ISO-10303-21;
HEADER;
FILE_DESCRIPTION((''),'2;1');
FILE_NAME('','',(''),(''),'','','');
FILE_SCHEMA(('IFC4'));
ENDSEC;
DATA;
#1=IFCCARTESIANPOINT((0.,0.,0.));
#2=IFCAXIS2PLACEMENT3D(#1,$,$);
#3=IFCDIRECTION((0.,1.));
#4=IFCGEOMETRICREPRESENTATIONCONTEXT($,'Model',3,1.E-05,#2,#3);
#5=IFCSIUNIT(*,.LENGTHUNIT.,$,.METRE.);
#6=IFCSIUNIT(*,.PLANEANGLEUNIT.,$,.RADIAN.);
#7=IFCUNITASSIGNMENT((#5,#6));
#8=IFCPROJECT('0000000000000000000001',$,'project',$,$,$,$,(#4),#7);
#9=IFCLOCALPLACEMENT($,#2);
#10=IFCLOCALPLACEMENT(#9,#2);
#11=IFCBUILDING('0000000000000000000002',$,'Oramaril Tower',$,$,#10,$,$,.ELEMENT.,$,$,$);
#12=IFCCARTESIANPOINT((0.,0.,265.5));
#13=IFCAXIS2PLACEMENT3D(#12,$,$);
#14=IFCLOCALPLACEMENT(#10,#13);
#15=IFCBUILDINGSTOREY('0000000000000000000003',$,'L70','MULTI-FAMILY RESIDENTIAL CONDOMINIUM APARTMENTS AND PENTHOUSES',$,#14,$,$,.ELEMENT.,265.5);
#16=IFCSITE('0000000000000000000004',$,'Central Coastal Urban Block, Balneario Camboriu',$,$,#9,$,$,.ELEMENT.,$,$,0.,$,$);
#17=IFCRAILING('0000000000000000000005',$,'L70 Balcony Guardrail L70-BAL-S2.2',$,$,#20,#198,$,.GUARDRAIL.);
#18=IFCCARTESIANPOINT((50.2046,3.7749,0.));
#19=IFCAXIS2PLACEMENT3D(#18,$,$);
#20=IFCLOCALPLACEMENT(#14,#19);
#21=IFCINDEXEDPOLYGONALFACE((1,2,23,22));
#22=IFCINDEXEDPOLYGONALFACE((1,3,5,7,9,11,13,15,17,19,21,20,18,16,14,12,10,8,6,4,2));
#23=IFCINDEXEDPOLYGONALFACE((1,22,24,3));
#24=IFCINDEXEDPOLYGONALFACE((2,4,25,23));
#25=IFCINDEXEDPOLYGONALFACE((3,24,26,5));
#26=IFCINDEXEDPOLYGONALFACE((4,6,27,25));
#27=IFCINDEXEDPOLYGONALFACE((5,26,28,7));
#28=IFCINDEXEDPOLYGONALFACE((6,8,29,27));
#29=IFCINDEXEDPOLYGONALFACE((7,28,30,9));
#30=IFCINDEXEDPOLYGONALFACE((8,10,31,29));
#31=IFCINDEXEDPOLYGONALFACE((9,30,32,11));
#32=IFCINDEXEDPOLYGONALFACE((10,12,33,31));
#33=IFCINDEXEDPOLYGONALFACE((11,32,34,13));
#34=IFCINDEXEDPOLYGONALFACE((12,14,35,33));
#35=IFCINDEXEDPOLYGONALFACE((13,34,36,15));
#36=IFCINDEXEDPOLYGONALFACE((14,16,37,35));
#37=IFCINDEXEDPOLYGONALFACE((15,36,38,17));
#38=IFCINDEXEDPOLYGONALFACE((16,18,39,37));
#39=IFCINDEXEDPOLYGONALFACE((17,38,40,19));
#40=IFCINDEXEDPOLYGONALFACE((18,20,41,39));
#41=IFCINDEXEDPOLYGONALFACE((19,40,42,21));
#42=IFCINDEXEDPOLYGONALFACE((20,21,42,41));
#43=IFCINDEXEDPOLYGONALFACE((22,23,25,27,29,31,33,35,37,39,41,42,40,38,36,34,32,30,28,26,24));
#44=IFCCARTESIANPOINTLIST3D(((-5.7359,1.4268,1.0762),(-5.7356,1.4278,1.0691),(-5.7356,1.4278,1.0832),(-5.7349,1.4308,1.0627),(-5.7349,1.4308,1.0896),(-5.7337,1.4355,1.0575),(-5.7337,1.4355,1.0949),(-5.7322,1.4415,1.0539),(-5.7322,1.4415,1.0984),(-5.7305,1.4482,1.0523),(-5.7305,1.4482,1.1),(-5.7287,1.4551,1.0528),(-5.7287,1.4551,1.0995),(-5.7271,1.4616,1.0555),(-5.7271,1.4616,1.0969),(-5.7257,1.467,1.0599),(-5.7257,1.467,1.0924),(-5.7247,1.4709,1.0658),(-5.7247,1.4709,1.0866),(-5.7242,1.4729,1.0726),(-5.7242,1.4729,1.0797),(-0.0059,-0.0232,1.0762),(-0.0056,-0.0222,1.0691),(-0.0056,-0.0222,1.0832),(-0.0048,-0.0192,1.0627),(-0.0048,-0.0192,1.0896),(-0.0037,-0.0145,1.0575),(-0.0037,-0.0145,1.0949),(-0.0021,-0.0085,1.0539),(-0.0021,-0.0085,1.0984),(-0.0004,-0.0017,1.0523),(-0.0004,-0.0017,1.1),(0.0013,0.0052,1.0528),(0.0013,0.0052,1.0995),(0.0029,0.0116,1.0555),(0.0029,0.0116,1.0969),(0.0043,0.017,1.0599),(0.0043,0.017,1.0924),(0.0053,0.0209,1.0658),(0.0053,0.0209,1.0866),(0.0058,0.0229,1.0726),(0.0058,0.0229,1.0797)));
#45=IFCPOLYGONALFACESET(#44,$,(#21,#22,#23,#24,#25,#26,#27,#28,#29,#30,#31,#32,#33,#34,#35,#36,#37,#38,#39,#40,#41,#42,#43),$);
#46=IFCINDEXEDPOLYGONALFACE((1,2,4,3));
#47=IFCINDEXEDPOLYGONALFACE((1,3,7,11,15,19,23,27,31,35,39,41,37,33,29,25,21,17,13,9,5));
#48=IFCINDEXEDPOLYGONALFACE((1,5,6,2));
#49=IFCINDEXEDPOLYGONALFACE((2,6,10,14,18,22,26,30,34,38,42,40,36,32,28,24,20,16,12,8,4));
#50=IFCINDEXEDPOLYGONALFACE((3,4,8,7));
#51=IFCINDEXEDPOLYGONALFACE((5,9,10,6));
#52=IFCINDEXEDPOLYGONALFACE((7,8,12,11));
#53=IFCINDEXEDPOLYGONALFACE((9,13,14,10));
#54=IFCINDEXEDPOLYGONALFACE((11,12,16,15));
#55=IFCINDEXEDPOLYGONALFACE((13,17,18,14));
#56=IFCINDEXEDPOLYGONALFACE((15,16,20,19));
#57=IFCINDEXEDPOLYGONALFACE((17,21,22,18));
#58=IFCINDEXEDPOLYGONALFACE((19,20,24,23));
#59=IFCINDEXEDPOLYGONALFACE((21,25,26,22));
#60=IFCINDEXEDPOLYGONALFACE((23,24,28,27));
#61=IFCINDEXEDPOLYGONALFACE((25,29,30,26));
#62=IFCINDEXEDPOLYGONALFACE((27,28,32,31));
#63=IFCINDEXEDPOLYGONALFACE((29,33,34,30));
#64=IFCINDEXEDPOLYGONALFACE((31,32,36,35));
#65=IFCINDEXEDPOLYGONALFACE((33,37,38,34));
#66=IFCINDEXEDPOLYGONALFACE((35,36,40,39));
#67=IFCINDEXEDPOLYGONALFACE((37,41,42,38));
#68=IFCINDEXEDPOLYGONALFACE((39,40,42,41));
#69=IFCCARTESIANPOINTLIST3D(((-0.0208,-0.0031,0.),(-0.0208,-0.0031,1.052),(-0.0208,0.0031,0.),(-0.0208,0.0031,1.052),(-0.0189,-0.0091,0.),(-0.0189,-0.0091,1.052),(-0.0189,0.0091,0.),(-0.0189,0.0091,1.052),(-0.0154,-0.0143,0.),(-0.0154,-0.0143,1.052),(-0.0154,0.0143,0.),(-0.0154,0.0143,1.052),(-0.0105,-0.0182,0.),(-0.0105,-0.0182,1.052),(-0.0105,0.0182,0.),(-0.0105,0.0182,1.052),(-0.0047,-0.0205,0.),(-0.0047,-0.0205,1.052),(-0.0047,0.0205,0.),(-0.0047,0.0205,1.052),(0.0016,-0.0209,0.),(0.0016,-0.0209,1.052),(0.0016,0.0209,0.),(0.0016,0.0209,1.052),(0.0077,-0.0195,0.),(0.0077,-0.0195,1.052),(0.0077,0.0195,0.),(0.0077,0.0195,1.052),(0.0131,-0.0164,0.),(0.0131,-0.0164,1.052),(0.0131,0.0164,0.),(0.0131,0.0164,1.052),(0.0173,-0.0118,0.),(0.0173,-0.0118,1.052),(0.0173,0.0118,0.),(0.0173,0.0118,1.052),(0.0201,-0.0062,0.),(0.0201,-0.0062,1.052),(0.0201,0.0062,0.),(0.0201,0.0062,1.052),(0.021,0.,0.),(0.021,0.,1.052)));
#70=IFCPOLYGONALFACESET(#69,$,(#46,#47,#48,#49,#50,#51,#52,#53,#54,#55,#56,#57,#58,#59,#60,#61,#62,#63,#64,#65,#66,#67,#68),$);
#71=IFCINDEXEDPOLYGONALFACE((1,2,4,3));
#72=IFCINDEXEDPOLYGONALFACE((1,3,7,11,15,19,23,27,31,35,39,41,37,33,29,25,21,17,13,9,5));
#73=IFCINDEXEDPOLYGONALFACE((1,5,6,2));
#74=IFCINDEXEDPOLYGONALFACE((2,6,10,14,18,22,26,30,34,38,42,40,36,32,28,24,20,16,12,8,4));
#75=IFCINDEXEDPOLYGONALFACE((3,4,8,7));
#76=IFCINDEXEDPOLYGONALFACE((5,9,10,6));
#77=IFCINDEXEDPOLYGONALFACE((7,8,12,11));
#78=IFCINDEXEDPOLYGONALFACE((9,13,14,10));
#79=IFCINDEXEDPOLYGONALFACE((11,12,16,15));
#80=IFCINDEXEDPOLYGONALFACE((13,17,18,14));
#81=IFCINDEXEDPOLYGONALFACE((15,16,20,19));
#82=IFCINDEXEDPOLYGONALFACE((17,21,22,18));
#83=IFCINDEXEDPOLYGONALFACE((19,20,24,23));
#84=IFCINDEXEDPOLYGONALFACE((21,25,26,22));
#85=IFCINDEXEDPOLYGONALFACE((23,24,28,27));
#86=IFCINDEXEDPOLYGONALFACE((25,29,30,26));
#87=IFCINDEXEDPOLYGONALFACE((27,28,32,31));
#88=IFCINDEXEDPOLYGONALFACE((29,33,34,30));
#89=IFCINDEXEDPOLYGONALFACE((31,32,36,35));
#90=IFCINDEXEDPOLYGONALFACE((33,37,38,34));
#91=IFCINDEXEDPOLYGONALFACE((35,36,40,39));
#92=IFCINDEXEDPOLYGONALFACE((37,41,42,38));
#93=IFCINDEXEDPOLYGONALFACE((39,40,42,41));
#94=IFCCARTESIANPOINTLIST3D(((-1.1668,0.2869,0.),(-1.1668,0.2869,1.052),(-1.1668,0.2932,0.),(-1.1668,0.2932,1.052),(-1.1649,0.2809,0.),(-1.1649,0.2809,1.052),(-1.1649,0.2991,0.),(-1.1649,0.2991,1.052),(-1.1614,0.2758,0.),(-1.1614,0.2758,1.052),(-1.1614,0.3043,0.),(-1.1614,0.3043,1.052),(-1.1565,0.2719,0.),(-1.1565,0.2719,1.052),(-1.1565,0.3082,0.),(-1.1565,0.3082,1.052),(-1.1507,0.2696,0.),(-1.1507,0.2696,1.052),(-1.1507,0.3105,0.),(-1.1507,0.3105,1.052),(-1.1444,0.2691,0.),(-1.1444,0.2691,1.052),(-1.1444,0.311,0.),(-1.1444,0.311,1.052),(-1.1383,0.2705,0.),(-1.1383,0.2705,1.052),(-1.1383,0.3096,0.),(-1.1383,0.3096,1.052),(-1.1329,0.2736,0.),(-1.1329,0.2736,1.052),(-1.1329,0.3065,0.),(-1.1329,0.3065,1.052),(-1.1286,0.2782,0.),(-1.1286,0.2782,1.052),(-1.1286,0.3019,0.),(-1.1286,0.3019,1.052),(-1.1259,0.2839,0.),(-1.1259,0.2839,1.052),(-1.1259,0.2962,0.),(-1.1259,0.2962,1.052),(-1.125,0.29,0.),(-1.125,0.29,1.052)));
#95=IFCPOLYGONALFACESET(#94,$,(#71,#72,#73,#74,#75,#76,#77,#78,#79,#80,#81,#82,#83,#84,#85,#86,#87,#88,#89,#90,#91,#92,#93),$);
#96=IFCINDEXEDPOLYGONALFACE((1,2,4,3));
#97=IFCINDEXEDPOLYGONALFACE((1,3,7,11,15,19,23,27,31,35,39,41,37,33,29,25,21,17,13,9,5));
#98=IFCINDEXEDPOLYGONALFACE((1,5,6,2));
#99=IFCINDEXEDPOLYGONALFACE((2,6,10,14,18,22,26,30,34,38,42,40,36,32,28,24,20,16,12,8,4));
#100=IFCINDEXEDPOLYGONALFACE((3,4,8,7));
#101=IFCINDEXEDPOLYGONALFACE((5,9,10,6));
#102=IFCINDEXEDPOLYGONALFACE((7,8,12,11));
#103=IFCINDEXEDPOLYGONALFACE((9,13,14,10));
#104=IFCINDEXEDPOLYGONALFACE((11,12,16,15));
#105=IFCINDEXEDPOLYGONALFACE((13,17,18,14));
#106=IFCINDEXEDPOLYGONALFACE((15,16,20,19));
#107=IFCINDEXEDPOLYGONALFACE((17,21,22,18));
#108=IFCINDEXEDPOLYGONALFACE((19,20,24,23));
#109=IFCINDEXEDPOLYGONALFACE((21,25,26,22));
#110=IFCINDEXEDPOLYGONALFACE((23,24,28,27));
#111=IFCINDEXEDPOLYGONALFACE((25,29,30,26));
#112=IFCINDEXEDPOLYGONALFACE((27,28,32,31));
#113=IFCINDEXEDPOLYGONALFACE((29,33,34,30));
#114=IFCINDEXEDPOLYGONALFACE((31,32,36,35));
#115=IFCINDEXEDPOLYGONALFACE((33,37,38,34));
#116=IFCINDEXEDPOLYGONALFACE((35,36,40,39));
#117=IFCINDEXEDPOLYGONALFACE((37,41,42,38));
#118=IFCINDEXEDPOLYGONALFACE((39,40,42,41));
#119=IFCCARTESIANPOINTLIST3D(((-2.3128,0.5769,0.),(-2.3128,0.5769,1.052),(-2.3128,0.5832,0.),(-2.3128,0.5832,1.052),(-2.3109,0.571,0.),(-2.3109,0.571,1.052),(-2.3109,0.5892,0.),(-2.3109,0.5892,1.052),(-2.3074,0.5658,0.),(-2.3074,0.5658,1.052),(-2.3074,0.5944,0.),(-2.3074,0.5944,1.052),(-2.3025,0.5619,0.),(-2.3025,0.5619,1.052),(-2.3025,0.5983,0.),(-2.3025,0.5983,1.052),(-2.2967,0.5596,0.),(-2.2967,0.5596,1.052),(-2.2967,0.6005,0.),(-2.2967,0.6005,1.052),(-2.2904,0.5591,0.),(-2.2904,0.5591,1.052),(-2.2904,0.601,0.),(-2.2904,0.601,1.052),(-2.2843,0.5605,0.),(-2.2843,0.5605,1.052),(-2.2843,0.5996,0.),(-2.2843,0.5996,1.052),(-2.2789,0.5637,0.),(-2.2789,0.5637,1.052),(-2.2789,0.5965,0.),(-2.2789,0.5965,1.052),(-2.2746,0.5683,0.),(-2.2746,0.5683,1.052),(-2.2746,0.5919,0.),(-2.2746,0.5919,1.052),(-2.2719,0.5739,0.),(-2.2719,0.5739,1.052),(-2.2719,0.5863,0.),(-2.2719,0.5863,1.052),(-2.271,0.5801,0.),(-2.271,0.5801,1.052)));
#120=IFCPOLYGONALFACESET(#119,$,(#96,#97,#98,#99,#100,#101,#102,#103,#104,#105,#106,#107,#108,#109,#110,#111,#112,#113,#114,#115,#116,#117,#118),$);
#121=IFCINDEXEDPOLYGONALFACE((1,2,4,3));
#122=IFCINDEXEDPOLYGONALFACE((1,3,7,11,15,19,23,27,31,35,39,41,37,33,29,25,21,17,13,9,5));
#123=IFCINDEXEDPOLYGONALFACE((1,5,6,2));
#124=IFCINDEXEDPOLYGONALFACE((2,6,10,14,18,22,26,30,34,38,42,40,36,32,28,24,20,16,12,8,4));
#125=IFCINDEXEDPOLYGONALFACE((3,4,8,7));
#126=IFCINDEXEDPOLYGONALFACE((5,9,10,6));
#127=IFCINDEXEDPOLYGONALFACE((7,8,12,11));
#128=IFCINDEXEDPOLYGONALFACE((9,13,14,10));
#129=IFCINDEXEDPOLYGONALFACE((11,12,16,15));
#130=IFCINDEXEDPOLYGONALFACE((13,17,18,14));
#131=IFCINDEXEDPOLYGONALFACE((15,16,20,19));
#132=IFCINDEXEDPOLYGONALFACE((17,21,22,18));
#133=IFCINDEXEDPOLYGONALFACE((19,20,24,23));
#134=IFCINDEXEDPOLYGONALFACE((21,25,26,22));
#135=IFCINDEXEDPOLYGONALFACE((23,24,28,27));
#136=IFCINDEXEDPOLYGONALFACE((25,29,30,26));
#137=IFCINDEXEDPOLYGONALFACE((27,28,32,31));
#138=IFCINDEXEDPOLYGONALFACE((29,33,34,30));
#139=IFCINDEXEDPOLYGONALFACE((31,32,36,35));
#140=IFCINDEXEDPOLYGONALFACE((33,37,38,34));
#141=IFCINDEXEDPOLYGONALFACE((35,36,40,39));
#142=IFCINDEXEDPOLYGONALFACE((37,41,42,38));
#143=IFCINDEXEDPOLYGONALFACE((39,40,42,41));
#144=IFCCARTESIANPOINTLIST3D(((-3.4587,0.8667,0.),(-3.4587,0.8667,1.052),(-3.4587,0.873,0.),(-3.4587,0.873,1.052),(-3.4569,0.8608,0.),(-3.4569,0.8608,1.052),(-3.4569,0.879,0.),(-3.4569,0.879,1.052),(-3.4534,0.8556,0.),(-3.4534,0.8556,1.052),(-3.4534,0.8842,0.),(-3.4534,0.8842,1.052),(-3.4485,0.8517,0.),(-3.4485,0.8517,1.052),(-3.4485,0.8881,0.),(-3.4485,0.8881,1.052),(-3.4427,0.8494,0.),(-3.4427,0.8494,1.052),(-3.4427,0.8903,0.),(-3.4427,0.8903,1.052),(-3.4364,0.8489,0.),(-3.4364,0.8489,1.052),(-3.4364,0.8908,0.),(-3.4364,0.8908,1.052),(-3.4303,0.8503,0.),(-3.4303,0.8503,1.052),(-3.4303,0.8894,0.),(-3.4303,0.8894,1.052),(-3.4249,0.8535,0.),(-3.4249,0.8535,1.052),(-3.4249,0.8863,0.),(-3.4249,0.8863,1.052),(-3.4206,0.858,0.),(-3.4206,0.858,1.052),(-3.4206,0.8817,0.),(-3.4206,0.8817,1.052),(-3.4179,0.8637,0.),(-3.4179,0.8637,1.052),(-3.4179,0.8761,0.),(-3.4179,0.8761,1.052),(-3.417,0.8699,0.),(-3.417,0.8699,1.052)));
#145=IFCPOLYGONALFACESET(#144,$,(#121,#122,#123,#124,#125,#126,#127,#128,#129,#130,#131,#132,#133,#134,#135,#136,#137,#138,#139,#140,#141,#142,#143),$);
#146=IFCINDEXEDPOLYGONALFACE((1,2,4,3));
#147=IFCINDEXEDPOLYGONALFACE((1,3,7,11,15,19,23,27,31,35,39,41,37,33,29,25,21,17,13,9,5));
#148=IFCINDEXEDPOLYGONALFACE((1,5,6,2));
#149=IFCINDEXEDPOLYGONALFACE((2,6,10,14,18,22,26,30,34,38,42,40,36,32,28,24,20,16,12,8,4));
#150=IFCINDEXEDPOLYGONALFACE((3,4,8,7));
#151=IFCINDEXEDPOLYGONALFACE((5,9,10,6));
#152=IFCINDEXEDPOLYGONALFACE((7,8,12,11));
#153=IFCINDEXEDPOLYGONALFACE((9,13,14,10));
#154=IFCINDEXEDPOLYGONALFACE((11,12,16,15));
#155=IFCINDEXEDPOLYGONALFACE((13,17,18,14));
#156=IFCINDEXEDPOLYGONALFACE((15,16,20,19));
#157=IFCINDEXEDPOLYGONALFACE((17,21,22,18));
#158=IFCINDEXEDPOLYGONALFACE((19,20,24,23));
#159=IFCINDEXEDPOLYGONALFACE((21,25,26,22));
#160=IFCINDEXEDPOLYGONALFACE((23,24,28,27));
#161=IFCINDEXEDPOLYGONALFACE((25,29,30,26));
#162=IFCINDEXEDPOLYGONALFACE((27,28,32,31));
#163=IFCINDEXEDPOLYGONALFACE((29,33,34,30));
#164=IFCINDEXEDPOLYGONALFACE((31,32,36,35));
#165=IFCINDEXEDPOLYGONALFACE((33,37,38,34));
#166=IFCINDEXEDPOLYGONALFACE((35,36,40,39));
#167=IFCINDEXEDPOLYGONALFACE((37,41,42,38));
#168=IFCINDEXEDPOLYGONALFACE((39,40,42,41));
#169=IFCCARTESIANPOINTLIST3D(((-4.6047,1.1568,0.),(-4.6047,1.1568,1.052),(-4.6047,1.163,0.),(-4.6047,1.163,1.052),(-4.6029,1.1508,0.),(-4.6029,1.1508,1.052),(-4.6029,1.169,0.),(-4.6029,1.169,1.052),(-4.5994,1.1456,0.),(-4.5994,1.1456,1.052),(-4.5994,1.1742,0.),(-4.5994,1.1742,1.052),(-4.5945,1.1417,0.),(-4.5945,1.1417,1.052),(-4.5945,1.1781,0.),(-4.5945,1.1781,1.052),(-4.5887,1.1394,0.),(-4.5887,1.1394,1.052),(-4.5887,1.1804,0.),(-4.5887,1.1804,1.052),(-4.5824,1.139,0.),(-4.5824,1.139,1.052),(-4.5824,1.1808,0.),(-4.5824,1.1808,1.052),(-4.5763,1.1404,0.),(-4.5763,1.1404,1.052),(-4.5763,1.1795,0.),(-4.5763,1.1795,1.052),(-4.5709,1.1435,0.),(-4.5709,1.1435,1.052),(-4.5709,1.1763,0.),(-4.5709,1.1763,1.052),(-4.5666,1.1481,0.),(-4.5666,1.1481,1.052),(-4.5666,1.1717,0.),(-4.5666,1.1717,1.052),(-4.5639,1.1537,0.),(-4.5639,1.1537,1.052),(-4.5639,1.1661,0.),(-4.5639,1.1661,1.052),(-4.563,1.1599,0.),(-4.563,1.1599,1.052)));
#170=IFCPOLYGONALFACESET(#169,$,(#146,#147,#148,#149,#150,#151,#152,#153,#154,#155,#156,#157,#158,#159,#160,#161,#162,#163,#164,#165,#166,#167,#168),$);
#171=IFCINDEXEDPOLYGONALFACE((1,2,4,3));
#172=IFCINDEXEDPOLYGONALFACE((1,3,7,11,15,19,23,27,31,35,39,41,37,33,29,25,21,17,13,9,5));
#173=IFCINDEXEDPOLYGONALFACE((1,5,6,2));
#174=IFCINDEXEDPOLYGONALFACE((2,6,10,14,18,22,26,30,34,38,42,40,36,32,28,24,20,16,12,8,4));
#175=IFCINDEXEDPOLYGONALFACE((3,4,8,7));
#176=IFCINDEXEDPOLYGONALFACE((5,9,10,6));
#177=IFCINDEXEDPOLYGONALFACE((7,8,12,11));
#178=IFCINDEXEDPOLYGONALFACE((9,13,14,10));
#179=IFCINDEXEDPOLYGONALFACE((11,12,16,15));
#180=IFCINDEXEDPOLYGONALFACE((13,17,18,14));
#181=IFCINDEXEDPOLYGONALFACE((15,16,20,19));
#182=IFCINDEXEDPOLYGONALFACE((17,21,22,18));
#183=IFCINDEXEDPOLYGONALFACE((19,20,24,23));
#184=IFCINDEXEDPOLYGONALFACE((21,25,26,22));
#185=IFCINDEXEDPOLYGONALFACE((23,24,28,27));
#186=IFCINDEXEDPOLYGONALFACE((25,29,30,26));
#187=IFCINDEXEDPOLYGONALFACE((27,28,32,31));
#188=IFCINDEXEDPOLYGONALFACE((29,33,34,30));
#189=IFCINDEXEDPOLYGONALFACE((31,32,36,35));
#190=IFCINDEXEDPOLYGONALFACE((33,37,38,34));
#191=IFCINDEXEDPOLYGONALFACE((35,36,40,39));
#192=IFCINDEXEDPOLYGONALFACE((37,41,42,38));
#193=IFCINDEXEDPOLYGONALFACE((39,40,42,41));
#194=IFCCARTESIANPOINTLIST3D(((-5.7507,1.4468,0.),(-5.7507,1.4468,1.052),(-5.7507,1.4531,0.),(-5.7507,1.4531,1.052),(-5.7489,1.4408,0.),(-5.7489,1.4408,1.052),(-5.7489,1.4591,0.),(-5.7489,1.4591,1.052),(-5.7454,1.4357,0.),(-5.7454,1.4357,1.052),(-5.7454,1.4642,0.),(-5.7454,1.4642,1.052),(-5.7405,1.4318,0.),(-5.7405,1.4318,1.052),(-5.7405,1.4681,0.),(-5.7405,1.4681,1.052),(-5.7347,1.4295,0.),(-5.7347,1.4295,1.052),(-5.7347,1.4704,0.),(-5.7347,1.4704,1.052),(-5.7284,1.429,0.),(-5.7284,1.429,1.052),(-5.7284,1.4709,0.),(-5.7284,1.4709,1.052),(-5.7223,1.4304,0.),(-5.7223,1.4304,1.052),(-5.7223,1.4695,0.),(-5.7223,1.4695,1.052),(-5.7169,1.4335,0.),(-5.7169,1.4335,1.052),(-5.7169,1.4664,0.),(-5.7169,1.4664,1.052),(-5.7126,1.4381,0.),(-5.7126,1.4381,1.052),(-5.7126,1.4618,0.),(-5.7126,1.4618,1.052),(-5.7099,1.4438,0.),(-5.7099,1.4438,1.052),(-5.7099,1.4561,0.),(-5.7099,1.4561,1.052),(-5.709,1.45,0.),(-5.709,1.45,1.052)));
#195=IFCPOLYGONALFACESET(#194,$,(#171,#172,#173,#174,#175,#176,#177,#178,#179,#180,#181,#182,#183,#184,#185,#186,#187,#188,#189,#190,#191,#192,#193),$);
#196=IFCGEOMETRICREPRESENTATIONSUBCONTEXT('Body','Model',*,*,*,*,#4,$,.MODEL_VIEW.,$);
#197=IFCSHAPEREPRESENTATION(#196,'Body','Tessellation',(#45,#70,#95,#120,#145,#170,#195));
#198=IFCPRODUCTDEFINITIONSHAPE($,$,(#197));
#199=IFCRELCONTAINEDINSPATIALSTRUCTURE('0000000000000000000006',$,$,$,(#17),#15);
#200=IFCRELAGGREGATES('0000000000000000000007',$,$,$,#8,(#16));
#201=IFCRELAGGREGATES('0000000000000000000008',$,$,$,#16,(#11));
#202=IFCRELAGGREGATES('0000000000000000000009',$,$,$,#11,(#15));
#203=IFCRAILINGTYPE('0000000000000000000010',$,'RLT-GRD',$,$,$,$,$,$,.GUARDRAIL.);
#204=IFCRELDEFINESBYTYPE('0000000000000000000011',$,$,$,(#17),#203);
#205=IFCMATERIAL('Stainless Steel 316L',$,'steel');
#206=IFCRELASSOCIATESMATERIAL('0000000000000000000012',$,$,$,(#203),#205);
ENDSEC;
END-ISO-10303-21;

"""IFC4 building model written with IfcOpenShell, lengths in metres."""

from ifc_helpers import new_model, si_unit, direction, frame, origin, origin_2d, place, context, subcontext, project, spatial, circle, extrude, material, type_object, element, save


model = new_model("IFC4")

# Units and contexts
model_context = context("Model", 3, precision=1e-05, world=origin(), true_north=direction((0.0, 1.0)))
body_context = subcontext(model_context, "Body", "Model", "MODEL_VIEW")
ifc_project = project(units=[si_unit("LENGTHUNIT", "METRE"), si_unit("PLANEANGLEUNIT", "RADIAN")], contexts=[model_context])

# Site, building, storey
site_placement = place(None, origin())
site = spatial("IfcSite", under=ifc_project, at=site_placement, Name="Central Coastal Urban Block, Balneario Camboriu", CompositionType="ELEMENT", RefElevation=0.0)
building_placement = place(site_placement, origin())
building = spatial("IfcBuilding", under=site, at=building_placement, Name="Oramaril Tower", CompositionType="ELEMENT")
storey_placement = place(building_placement, frame((0.0, 0.0, 265.5)))
storey = spatial("IfcBuildingStorey", under=building, at=storey_placement, Name="L70", Description="MULTI-FAMILY RESIDENTIAL CONDOMINIUM APARTMENTS AND PENTHOUSES", CompositionType="ELEMENT", Elevation=265.5)

# Railing
ifc_material_1 = material(Name="Stainless Steel 316L", Category="steel")
railing_type = type_object("IfcRailingType", Name="RLT-GRD", PredefinedType="GUARDRAIL", material=ifc_material_1)
railing_1_placement = place(storey_placement, frame((50.2046, 3.7749, 0.0)))
element("IfcRailing", 1, at=railing_1_placement, inside=storey, type_object=railing_type, Name="L70 Balcony Guardrail L70-BAL-S2.2", PredefinedType="GUARDRAIL", context=body_context, shape_type="SweptSolid", body=[
    extrude(circle(Radius=0.0239, at=origin_2d()), frame((0.0, 0.0, 1.0762), z_axis=(-0.969444, 0.245314, 0.0), x_axis=(-0.245314, -0.969444, 0.0)), (0.0, 0.0, 1.0), 5.9106),
    extrude(circle(Radius=0.021, at=origin_2d()), origin(), (0.0, 0.0, 1.0), 1.052),
    extrude(circle(Radius=0.021, at=origin_2d()), frame((-1.146, 0.29, 0.0)), (0.0, 0.0, 1.0), 1.052),
    extrude(circle(Radius=0.021, at=origin_2d()), frame((-2.292, 0.5801, 0.0)), (0.0, 0.0, 1.0), 1.052),
    extrude(circle(Radius=0.021, at=origin_2d()), frame((-3.438, 0.8699, 0.0)), (0.0, 0.0, 1.0), 1.052),
    extrude(circle(Radius=0.021, at=origin_2d()), frame((-4.584, 1.1599, 0.0)), (0.0, 0.0, 1.0), 1.052),
    extrude(circle(Radius=0.021, at=origin_2d()), frame((-5.73, 1.45, 0.0)), (0.0, 0.0, 1.0), 1.052),
])

save(model, "model.ifc")
